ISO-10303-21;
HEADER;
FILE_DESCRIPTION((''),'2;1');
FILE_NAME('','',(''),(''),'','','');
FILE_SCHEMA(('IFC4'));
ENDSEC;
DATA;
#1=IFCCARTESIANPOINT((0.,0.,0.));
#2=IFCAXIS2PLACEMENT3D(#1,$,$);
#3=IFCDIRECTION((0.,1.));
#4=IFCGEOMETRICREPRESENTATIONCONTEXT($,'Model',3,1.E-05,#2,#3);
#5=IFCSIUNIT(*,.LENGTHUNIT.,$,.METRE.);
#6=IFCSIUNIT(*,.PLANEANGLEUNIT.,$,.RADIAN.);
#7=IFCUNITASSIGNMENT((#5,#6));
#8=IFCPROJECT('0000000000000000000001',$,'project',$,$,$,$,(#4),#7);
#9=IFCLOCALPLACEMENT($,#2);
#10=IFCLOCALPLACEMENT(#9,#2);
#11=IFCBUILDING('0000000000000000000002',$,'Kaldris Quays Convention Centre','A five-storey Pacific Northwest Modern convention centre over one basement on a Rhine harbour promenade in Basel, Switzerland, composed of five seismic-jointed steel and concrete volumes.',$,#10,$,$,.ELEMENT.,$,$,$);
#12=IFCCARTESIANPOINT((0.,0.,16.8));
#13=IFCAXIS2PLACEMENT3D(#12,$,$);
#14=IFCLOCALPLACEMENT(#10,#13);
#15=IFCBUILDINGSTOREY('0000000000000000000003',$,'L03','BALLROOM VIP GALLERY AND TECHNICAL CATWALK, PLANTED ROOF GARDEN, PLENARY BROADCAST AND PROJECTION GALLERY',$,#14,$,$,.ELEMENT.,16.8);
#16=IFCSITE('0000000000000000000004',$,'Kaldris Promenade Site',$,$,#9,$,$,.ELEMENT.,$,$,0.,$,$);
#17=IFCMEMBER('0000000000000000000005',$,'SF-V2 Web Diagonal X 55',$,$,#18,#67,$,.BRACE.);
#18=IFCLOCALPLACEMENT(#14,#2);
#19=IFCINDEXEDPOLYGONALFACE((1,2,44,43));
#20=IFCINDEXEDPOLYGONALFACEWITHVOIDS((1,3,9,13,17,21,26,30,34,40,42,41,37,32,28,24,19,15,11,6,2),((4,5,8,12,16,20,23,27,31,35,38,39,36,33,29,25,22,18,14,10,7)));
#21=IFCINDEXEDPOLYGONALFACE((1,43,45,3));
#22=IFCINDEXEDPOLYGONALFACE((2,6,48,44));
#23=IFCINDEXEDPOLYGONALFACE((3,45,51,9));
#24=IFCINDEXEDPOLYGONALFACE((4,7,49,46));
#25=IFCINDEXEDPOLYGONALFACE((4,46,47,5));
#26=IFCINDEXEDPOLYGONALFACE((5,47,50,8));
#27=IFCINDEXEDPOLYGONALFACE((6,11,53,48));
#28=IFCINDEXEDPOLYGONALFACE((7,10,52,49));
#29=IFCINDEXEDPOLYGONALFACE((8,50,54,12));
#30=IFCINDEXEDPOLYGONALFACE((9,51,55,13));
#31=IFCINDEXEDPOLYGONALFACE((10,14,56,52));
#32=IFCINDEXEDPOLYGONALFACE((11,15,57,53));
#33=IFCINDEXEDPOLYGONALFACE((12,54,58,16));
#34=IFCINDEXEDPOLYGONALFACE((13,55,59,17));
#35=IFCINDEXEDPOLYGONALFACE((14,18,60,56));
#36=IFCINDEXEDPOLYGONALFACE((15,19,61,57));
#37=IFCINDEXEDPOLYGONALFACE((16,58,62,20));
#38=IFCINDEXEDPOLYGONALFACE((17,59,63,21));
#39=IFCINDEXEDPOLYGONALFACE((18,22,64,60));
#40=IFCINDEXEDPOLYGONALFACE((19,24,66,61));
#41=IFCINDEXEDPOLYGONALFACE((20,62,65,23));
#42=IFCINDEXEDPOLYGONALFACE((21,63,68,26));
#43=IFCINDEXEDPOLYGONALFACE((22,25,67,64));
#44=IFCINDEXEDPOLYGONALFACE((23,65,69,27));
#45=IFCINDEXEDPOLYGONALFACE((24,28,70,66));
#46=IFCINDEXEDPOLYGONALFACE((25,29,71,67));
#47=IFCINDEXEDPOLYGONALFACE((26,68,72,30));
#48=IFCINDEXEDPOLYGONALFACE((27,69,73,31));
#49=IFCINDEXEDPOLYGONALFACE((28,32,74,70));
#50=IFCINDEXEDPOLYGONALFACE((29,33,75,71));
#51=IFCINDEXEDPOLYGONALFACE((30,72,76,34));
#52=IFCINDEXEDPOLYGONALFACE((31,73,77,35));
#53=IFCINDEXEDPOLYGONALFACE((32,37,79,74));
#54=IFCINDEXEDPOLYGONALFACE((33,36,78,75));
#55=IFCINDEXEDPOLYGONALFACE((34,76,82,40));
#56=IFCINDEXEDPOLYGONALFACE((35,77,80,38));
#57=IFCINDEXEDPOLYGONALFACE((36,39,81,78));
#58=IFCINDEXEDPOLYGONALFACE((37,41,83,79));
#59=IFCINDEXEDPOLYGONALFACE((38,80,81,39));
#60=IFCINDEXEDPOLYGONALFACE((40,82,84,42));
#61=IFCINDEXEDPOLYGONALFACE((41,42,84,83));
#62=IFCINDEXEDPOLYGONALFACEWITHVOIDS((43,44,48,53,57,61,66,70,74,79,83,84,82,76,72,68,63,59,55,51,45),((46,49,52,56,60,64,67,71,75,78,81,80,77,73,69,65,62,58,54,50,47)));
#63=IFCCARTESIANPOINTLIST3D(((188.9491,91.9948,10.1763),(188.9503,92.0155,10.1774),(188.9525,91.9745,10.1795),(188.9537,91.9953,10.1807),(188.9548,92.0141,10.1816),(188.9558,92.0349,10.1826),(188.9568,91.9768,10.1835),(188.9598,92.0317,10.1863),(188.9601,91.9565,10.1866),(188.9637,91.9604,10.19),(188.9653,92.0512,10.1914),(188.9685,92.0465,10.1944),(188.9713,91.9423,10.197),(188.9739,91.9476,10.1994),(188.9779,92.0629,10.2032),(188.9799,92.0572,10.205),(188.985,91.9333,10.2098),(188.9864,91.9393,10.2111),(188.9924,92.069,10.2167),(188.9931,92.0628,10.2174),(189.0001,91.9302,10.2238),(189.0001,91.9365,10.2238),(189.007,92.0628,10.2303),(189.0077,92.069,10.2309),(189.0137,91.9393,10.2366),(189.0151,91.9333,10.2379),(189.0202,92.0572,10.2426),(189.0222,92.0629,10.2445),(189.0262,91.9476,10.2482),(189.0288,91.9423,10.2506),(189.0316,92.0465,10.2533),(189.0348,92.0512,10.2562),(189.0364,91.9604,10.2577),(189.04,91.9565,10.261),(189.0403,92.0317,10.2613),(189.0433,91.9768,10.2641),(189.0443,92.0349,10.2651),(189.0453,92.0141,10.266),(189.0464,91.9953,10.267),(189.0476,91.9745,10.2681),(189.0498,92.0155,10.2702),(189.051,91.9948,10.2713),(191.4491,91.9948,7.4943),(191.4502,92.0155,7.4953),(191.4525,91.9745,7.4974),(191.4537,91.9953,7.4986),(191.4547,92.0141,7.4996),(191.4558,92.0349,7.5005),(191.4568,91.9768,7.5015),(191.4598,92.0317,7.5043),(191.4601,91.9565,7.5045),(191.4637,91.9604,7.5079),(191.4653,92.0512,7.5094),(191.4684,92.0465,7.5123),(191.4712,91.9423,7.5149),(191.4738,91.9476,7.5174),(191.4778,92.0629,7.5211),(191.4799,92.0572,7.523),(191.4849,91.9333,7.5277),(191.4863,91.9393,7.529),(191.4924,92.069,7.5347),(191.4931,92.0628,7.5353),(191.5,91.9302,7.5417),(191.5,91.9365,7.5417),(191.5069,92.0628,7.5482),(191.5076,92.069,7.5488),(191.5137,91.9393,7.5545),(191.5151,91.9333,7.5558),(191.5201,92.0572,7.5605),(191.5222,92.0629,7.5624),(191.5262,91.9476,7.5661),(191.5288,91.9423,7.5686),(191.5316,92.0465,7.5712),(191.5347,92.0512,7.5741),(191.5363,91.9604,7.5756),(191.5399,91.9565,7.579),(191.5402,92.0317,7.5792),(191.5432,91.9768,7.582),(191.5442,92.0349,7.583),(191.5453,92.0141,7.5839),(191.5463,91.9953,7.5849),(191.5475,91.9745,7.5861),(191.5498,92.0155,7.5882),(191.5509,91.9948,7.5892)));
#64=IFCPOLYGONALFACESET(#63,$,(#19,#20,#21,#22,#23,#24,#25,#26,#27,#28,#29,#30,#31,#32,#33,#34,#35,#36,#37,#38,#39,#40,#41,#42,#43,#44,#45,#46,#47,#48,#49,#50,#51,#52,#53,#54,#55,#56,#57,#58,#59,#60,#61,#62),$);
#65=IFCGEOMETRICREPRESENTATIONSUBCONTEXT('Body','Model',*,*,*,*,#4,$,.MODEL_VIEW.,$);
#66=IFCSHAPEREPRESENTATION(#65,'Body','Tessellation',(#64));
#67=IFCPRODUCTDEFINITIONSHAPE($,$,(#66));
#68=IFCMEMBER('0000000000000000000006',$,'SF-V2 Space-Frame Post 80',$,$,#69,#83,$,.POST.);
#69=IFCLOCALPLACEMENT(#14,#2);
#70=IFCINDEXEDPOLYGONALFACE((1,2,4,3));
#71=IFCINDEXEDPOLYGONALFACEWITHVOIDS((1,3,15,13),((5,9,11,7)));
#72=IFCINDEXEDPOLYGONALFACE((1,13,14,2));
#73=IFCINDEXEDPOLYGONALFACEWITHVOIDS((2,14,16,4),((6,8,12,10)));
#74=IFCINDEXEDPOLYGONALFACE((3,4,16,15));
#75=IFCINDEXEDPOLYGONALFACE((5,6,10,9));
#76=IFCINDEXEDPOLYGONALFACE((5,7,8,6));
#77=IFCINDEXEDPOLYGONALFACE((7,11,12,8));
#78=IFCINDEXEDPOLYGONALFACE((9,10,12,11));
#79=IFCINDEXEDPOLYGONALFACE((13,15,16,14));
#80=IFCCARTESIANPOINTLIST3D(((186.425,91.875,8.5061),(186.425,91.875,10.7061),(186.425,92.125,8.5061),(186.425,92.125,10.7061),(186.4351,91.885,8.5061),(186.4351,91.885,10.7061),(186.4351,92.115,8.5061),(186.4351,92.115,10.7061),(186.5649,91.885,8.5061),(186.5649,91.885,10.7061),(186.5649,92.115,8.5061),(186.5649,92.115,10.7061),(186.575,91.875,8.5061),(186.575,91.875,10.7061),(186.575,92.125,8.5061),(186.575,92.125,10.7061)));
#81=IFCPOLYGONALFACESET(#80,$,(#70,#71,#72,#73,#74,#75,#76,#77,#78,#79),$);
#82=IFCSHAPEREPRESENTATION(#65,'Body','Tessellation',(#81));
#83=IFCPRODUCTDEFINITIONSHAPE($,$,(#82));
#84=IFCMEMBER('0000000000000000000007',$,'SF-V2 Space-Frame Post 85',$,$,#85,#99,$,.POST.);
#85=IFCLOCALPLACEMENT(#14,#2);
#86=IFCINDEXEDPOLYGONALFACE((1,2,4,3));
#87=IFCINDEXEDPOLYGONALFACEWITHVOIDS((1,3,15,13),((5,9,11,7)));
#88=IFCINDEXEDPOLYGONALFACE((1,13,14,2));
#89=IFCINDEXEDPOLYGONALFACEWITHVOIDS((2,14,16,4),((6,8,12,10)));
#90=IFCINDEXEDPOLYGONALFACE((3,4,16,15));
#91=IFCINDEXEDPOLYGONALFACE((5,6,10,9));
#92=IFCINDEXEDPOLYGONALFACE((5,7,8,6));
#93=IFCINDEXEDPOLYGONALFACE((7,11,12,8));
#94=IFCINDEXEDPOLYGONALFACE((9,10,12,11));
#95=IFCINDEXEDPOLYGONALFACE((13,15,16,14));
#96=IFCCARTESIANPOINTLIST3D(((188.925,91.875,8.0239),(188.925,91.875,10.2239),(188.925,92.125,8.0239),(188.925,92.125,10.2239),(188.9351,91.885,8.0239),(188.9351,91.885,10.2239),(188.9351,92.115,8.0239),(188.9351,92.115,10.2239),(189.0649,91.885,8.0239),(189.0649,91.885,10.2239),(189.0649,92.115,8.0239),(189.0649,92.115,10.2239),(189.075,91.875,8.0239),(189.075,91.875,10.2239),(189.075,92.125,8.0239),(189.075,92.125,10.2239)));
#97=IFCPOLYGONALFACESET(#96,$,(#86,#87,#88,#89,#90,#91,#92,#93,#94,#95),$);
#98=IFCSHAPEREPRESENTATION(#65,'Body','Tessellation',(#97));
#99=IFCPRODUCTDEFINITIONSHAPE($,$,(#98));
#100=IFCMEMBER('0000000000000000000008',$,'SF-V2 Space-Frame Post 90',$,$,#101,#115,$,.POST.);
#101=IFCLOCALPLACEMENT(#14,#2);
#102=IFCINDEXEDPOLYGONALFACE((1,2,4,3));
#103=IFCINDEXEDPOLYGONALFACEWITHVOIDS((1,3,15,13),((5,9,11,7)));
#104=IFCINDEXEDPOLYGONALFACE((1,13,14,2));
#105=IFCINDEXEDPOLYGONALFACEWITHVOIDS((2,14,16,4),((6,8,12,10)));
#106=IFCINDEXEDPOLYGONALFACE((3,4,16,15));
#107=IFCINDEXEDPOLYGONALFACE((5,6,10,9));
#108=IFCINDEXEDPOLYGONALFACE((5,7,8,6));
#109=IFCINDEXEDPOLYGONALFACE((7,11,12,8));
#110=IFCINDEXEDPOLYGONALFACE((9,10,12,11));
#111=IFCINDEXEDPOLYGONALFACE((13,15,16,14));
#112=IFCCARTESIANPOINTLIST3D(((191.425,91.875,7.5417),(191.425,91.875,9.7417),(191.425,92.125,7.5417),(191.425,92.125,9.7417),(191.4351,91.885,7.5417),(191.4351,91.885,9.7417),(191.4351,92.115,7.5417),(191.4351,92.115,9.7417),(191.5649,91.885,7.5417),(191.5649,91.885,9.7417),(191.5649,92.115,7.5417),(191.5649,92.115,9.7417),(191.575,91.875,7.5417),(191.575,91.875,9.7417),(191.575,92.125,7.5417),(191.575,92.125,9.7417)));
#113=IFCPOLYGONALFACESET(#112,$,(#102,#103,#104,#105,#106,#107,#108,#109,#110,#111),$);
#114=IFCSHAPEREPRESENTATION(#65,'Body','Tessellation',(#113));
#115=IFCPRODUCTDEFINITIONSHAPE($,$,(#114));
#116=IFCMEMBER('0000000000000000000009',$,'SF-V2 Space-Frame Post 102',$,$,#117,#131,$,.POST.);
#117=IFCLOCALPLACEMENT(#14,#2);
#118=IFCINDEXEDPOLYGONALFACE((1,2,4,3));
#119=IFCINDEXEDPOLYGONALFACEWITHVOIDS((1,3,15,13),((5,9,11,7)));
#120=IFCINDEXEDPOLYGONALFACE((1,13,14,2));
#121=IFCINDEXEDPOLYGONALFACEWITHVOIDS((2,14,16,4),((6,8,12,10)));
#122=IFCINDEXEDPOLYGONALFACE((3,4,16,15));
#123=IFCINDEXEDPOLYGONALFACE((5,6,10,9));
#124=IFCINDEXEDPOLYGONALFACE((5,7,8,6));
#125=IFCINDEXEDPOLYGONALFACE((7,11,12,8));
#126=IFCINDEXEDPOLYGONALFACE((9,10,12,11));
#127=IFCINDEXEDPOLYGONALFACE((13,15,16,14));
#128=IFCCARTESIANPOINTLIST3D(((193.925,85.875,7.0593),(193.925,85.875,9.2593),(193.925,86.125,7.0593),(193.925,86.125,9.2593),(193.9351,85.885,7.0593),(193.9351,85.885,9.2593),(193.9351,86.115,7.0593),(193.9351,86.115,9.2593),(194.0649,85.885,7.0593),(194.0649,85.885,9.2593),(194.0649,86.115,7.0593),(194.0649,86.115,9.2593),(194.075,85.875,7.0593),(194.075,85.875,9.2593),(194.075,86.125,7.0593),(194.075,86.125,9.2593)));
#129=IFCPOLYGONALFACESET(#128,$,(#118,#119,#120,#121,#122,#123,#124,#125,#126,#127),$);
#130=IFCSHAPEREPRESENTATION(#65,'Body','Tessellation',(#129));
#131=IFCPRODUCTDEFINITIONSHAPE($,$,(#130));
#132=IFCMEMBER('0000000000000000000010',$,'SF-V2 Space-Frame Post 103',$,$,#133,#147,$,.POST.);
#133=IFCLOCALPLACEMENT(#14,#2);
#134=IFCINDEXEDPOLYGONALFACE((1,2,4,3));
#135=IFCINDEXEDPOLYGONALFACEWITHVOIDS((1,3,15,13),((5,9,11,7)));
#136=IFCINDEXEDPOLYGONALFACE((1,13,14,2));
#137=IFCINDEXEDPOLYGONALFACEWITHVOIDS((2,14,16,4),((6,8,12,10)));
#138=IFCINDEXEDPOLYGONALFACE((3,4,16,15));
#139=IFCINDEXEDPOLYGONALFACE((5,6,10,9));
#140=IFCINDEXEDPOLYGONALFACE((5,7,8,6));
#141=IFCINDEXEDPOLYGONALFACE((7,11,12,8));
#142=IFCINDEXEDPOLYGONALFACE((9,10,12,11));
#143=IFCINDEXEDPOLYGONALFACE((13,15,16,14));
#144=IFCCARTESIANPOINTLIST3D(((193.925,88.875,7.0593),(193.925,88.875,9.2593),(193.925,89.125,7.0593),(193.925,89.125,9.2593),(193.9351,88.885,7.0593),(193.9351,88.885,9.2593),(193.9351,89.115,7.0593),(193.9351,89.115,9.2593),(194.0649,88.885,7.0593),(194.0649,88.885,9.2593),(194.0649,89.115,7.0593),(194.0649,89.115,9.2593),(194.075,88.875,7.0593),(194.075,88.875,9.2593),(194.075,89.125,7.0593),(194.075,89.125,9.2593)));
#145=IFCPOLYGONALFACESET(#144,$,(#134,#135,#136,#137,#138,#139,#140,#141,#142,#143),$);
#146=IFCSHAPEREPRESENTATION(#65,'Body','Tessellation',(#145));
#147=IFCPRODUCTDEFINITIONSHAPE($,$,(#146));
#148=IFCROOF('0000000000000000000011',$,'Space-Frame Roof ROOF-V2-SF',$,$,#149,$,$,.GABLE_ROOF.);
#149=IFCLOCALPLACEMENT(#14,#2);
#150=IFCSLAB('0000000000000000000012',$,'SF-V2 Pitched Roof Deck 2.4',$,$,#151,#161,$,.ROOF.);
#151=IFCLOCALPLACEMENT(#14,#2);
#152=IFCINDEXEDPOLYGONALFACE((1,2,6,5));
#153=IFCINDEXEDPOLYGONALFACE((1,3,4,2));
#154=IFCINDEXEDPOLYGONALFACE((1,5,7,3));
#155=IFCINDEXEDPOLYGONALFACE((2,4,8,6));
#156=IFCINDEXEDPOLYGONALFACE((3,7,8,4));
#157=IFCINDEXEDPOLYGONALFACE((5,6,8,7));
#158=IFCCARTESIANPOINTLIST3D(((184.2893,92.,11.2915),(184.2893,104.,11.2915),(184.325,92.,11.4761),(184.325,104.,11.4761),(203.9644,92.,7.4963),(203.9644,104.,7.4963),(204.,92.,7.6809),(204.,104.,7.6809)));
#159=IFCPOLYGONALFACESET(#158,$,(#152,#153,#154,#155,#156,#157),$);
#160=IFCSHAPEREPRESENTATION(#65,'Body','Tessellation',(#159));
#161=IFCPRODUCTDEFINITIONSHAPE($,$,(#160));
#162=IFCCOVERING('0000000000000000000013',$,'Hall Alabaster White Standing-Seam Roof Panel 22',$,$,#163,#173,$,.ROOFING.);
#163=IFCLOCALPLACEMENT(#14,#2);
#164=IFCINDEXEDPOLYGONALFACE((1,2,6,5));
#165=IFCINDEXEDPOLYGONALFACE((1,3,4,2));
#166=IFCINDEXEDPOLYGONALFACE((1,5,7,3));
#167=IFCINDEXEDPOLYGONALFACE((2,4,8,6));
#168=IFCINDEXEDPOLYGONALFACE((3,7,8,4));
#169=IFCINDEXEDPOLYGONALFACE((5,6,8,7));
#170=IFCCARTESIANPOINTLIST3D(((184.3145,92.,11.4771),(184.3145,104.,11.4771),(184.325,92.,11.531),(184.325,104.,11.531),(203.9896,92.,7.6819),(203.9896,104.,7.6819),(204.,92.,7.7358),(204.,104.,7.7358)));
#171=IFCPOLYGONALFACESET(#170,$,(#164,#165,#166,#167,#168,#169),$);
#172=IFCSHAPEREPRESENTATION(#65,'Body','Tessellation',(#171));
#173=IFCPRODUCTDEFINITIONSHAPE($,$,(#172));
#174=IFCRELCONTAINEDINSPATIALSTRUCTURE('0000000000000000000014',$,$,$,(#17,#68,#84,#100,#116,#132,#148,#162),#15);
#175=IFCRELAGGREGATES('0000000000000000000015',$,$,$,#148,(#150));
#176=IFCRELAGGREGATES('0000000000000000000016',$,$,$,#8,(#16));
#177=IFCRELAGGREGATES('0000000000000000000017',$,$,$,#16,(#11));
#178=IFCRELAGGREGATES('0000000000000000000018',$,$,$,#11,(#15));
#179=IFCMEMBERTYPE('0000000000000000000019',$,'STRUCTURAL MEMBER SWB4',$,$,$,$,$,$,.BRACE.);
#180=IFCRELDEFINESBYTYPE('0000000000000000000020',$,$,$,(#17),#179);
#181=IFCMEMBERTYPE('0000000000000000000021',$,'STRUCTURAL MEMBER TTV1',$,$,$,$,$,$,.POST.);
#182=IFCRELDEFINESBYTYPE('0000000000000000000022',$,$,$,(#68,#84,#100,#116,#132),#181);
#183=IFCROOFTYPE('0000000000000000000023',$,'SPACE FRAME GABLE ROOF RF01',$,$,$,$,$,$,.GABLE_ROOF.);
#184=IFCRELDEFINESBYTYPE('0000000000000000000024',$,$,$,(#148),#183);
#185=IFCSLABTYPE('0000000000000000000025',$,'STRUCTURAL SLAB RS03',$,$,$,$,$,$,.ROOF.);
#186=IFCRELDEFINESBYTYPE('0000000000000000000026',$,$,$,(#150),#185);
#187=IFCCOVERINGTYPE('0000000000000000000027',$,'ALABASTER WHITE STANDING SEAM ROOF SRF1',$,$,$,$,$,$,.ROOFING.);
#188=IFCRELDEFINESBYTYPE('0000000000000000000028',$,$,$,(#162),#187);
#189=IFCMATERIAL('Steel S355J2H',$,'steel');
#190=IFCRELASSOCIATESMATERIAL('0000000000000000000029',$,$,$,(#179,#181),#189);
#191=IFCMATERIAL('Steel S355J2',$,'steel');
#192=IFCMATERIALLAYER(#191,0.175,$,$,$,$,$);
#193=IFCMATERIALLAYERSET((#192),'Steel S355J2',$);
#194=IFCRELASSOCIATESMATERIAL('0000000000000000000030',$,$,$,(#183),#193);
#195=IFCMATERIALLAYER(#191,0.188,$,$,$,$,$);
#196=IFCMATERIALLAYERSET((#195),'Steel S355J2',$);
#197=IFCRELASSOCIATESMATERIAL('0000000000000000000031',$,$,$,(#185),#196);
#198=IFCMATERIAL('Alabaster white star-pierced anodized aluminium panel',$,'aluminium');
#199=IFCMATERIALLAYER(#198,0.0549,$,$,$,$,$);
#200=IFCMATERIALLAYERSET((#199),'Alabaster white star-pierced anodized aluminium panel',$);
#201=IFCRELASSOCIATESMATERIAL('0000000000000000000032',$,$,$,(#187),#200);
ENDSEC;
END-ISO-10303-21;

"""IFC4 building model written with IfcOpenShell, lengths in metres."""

from ifc_helpers import new_model, si_unit, direction, frame, origin, origin_2d, place, context, subcontext, project, spatial, polyline, hollow_rectangle, hollow_circle, outline, extrude, material, layer, layer_set, material_profile, profile_set, type_object, element, aggregate, save


model = new_model("IFC4")

# Units and contexts
model_context = context("Model", 3, precision=1e-05, world=origin(), true_north=direction((0.0, 1.0)))
body_context = subcontext(model_context, "Body", "Model", "MODEL_VIEW")
ifc_project = project(units=[si_unit("LENGTHUNIT", "METRE"), si_unit("PLANEANGLEUNIT", "RADIAN")], contexts=[model_context])

# Site, building, storey
site_placement = place(None, origin())
site = spatial("IfcSite", under=ifc_project, at=site_placement, Name="Kaldris Promenade Site", CompositionType="ELEMENT", RefElevation=0.0)
building_placement = place(site_placement, origin())
building = spatial("IfcBuilding", under=site, at=building_placement, Name="Kaldris Quays Convention Centre", Description="A five-storey Pacific Northwest Modern convention centre over one basement on a Rhine harbour promenade in Basel, Switzerland, composed of five seismic-jointed steel and concrete volumes.", CompositionType="ELEMENT")
storey_placement = place(building_placement, frame((0.0, 0.0, 16.8)))
storey = spatial("IfcBuildingStorey", under=building, at=storey_placement, Name="L03", Description="BALLROOM VIP GALLERY AND TECHNICAL CATWALK, PLANTED ROOF GARDEN, PLENARY BROADCAST AND PROJECTION GALLERY", CompositionType="ELEMENT", Elevation=16.8)

# Members
ifc_material_1 = material(Name="Steel S355J2H", Category="steel")
ifc_material_profile_1 = material_profile(ifc_material_1, hollow_circle(Radius=0.0698, WallThickness=0.0063, at=origin_2d()), Name="CHS 139.7x6.3")
ifc_profile_set_1 = profile_set([ifc_material_profile_1], Name="Steel S355J2H")
member_type_1 = type_object("IfcMemberType", Name="STRUCTURAL MEMBER SWB4", PredefinedType="BRACE", material=ifc_profile_set_1)
member_1_placement = place(storey_placement, frame((191.5, 92.0, 7.5417), z_axis=(-0.681834, 0.0, 0.731507), x_axis=(0.0, -1.0, 0.0)))
element("IfcMember", 1, at=member_1_placement, inside=storey, type_object=member_type_1, Name="SF-V2 Web Diagonal X 55", PredefinedType="BRACE", context=body_context, shape_type="SweptSolid", body=[
    extrude(hollow_circle(Radius=0.0698, WallThickness=0.0063, at=origin_2d()), origin(), (0.0, 0.0, 1.0), 3.6665),
])
ifc_material_profile_2 = material_profile(ifc_material_1, hollow_rectangle(XDim=0.1499, YDim=0.25, WallThickness=0.01, at=origin_2d()), Name="RHS 250x150x10")
ifc_profile_set_2 = profile_set([ifc_material_profile_2], Name="Steel S355J2H")
member_type_2 = type_object("IfcMemberType", Name="STRUCTURAL MEMBER TTV1", PredefinedType="POST", material=ifc_profile_set_2)
for number, where, z_axis, x_axis, name in (
    (2, (186.5, 92.0, 8.5061), (0.0, 0.0, 1.0), (1.0, 0.0, 0.0), "SF-V2 Space-Frame Post 80"),
    (3, (189.0, 92.0, 8.0239), (0.0, 0.0, 1.0), (1.0, 0.0, 0.0), "SF-V2 Space-Frame Post 85"),
    (4, (191.5, 92.0, 7.5417), (0.0, 0.0, 1.0), (1.0, 0.0, 0.0), "SF-V2 Space-Frame Post 90"),
    (5, (194.0, 86.0, 7.0593), (0.0, 0.0, 1.0), (1.0, 0.0, 0.0), "SF-V2 Space-Frame Post 102"),
    (6, (194.0, 89.0, 7.0593), (0.0, 0.0, 1.0), (1.0, 0.0, 0.0), "SF-V2 Space-Frame Post 103"),
):
    element("IfcMember", number, at=place(storey_placement, frame(where, z_axis=z_axis, x_axis=x_axis)), inside=storey, type_object=member_type_2, Name=name, PredefinedType="POST", context=body_context, shape_type="SweptSolid", body=[
        extrude(hollow_rectangle(XDim=0.1499, YDim=0.25, WallThickness=0.01, at=origin_2d()), origin(), (0.0, 0.0, 1.0), 2.2),
    ])

# Roof, slab
ifc_material_2 = material(Name="Steel S355J2", Category="steel")
ifc_layer_1 = layer(ifc_material_2, 0.175)
ifc_layer_set_1 = layer_set([ifc_layer_1], Name="Steel S355J2")
roof_type = type_object("IfcRoofType", Name="SPACE FRAME GABLE ROOF RF01", PredefinedType="GABLE_ROOF", material=ifc_layer_set_1)
roof_placement = place(storey_placement, origin())
roof = element("IfcRoof", 7, at=roof_placement, inside=storey, type_object=roof_type, Name="Space-Frame Roof ROOF-V2-SF", PredefinedType="GABLE_ROOF")
ifc_layer_2 = layer(ifc_material_2, 0.188)
ifc_layer_set_2 = layer_set([ifc_layer_2], Name="Steel S355J2")
slab_type = type_object("IfcSlabType", Name="STRUCTURAL SLAB RS03", PredefinedType="ROOF", material=ifc_layer_set_2)
slab_placement = place(storey_placement, frame((184.325, 92.0, 11.4761), z_axis=(0.189401, 0.0, 0.9819), x_axis=(0.9819, 0.0, -0.189401)))
slab = element("IfcSlab", 8, at=slab_placement, type_object=slab_type, Name="SF-V2 Pitched Roof Deck 2.4", PredefinedType="ROOF", context=body_context, shape_type="SweptSolid", body=[
    extrude(outline(polyline([(0.0, 0.0), (20.0377, 0.0), (20.0377, 12.0), (0.0, 12.0), (0.0, 0.0)])), origin(), (0.0, 0.0, -1.0), 0.188),
])
aggregate(roof, [slab])

# Covering
ifc_material_3 = material(Name="Alabaster white star-pierced anodized aluminium panel", Category="aluminium")
ifc_layer_3 = layer(ifc_material_3, 0.0549)
ifc_layer_set_3 = layer_set([ifc_layer_3], Name="Alabaster white star-pierced anodized aluminium panel")
covering_type = type_object("IfcCoveringType", Name="ALABASTER WHITE STANDING SEAM ROOF SRF1", PredefinedType="ROOFING", material=ifc_layer_set_3)
covering_placement = place(storey_placement, frame((184.325, 92.0, 11.531), z_axis=(0.189401, 0.0, 0.9819), x_axis=(0.9819, 0.0, -0.189401)))
element("IfcCovering", 9, at=covering_placement, inside=storey, type_object=covering_type, Name="Hall Alabaster White Standing-Seam Roof Panel 22", PredefinedType="ROOFING", context=body_context, shape_type="SweptSolid", body=[
    extrude(outline(polyline([(0.0, 0.0), (20.0377, 0.0), (20.0377, 12.0), (0.0, 12.0), (0.0, 0.0)])), origin(), (0.0, 0.0, -1.0), 0.0549),
])

save(model, "model.ifc")
